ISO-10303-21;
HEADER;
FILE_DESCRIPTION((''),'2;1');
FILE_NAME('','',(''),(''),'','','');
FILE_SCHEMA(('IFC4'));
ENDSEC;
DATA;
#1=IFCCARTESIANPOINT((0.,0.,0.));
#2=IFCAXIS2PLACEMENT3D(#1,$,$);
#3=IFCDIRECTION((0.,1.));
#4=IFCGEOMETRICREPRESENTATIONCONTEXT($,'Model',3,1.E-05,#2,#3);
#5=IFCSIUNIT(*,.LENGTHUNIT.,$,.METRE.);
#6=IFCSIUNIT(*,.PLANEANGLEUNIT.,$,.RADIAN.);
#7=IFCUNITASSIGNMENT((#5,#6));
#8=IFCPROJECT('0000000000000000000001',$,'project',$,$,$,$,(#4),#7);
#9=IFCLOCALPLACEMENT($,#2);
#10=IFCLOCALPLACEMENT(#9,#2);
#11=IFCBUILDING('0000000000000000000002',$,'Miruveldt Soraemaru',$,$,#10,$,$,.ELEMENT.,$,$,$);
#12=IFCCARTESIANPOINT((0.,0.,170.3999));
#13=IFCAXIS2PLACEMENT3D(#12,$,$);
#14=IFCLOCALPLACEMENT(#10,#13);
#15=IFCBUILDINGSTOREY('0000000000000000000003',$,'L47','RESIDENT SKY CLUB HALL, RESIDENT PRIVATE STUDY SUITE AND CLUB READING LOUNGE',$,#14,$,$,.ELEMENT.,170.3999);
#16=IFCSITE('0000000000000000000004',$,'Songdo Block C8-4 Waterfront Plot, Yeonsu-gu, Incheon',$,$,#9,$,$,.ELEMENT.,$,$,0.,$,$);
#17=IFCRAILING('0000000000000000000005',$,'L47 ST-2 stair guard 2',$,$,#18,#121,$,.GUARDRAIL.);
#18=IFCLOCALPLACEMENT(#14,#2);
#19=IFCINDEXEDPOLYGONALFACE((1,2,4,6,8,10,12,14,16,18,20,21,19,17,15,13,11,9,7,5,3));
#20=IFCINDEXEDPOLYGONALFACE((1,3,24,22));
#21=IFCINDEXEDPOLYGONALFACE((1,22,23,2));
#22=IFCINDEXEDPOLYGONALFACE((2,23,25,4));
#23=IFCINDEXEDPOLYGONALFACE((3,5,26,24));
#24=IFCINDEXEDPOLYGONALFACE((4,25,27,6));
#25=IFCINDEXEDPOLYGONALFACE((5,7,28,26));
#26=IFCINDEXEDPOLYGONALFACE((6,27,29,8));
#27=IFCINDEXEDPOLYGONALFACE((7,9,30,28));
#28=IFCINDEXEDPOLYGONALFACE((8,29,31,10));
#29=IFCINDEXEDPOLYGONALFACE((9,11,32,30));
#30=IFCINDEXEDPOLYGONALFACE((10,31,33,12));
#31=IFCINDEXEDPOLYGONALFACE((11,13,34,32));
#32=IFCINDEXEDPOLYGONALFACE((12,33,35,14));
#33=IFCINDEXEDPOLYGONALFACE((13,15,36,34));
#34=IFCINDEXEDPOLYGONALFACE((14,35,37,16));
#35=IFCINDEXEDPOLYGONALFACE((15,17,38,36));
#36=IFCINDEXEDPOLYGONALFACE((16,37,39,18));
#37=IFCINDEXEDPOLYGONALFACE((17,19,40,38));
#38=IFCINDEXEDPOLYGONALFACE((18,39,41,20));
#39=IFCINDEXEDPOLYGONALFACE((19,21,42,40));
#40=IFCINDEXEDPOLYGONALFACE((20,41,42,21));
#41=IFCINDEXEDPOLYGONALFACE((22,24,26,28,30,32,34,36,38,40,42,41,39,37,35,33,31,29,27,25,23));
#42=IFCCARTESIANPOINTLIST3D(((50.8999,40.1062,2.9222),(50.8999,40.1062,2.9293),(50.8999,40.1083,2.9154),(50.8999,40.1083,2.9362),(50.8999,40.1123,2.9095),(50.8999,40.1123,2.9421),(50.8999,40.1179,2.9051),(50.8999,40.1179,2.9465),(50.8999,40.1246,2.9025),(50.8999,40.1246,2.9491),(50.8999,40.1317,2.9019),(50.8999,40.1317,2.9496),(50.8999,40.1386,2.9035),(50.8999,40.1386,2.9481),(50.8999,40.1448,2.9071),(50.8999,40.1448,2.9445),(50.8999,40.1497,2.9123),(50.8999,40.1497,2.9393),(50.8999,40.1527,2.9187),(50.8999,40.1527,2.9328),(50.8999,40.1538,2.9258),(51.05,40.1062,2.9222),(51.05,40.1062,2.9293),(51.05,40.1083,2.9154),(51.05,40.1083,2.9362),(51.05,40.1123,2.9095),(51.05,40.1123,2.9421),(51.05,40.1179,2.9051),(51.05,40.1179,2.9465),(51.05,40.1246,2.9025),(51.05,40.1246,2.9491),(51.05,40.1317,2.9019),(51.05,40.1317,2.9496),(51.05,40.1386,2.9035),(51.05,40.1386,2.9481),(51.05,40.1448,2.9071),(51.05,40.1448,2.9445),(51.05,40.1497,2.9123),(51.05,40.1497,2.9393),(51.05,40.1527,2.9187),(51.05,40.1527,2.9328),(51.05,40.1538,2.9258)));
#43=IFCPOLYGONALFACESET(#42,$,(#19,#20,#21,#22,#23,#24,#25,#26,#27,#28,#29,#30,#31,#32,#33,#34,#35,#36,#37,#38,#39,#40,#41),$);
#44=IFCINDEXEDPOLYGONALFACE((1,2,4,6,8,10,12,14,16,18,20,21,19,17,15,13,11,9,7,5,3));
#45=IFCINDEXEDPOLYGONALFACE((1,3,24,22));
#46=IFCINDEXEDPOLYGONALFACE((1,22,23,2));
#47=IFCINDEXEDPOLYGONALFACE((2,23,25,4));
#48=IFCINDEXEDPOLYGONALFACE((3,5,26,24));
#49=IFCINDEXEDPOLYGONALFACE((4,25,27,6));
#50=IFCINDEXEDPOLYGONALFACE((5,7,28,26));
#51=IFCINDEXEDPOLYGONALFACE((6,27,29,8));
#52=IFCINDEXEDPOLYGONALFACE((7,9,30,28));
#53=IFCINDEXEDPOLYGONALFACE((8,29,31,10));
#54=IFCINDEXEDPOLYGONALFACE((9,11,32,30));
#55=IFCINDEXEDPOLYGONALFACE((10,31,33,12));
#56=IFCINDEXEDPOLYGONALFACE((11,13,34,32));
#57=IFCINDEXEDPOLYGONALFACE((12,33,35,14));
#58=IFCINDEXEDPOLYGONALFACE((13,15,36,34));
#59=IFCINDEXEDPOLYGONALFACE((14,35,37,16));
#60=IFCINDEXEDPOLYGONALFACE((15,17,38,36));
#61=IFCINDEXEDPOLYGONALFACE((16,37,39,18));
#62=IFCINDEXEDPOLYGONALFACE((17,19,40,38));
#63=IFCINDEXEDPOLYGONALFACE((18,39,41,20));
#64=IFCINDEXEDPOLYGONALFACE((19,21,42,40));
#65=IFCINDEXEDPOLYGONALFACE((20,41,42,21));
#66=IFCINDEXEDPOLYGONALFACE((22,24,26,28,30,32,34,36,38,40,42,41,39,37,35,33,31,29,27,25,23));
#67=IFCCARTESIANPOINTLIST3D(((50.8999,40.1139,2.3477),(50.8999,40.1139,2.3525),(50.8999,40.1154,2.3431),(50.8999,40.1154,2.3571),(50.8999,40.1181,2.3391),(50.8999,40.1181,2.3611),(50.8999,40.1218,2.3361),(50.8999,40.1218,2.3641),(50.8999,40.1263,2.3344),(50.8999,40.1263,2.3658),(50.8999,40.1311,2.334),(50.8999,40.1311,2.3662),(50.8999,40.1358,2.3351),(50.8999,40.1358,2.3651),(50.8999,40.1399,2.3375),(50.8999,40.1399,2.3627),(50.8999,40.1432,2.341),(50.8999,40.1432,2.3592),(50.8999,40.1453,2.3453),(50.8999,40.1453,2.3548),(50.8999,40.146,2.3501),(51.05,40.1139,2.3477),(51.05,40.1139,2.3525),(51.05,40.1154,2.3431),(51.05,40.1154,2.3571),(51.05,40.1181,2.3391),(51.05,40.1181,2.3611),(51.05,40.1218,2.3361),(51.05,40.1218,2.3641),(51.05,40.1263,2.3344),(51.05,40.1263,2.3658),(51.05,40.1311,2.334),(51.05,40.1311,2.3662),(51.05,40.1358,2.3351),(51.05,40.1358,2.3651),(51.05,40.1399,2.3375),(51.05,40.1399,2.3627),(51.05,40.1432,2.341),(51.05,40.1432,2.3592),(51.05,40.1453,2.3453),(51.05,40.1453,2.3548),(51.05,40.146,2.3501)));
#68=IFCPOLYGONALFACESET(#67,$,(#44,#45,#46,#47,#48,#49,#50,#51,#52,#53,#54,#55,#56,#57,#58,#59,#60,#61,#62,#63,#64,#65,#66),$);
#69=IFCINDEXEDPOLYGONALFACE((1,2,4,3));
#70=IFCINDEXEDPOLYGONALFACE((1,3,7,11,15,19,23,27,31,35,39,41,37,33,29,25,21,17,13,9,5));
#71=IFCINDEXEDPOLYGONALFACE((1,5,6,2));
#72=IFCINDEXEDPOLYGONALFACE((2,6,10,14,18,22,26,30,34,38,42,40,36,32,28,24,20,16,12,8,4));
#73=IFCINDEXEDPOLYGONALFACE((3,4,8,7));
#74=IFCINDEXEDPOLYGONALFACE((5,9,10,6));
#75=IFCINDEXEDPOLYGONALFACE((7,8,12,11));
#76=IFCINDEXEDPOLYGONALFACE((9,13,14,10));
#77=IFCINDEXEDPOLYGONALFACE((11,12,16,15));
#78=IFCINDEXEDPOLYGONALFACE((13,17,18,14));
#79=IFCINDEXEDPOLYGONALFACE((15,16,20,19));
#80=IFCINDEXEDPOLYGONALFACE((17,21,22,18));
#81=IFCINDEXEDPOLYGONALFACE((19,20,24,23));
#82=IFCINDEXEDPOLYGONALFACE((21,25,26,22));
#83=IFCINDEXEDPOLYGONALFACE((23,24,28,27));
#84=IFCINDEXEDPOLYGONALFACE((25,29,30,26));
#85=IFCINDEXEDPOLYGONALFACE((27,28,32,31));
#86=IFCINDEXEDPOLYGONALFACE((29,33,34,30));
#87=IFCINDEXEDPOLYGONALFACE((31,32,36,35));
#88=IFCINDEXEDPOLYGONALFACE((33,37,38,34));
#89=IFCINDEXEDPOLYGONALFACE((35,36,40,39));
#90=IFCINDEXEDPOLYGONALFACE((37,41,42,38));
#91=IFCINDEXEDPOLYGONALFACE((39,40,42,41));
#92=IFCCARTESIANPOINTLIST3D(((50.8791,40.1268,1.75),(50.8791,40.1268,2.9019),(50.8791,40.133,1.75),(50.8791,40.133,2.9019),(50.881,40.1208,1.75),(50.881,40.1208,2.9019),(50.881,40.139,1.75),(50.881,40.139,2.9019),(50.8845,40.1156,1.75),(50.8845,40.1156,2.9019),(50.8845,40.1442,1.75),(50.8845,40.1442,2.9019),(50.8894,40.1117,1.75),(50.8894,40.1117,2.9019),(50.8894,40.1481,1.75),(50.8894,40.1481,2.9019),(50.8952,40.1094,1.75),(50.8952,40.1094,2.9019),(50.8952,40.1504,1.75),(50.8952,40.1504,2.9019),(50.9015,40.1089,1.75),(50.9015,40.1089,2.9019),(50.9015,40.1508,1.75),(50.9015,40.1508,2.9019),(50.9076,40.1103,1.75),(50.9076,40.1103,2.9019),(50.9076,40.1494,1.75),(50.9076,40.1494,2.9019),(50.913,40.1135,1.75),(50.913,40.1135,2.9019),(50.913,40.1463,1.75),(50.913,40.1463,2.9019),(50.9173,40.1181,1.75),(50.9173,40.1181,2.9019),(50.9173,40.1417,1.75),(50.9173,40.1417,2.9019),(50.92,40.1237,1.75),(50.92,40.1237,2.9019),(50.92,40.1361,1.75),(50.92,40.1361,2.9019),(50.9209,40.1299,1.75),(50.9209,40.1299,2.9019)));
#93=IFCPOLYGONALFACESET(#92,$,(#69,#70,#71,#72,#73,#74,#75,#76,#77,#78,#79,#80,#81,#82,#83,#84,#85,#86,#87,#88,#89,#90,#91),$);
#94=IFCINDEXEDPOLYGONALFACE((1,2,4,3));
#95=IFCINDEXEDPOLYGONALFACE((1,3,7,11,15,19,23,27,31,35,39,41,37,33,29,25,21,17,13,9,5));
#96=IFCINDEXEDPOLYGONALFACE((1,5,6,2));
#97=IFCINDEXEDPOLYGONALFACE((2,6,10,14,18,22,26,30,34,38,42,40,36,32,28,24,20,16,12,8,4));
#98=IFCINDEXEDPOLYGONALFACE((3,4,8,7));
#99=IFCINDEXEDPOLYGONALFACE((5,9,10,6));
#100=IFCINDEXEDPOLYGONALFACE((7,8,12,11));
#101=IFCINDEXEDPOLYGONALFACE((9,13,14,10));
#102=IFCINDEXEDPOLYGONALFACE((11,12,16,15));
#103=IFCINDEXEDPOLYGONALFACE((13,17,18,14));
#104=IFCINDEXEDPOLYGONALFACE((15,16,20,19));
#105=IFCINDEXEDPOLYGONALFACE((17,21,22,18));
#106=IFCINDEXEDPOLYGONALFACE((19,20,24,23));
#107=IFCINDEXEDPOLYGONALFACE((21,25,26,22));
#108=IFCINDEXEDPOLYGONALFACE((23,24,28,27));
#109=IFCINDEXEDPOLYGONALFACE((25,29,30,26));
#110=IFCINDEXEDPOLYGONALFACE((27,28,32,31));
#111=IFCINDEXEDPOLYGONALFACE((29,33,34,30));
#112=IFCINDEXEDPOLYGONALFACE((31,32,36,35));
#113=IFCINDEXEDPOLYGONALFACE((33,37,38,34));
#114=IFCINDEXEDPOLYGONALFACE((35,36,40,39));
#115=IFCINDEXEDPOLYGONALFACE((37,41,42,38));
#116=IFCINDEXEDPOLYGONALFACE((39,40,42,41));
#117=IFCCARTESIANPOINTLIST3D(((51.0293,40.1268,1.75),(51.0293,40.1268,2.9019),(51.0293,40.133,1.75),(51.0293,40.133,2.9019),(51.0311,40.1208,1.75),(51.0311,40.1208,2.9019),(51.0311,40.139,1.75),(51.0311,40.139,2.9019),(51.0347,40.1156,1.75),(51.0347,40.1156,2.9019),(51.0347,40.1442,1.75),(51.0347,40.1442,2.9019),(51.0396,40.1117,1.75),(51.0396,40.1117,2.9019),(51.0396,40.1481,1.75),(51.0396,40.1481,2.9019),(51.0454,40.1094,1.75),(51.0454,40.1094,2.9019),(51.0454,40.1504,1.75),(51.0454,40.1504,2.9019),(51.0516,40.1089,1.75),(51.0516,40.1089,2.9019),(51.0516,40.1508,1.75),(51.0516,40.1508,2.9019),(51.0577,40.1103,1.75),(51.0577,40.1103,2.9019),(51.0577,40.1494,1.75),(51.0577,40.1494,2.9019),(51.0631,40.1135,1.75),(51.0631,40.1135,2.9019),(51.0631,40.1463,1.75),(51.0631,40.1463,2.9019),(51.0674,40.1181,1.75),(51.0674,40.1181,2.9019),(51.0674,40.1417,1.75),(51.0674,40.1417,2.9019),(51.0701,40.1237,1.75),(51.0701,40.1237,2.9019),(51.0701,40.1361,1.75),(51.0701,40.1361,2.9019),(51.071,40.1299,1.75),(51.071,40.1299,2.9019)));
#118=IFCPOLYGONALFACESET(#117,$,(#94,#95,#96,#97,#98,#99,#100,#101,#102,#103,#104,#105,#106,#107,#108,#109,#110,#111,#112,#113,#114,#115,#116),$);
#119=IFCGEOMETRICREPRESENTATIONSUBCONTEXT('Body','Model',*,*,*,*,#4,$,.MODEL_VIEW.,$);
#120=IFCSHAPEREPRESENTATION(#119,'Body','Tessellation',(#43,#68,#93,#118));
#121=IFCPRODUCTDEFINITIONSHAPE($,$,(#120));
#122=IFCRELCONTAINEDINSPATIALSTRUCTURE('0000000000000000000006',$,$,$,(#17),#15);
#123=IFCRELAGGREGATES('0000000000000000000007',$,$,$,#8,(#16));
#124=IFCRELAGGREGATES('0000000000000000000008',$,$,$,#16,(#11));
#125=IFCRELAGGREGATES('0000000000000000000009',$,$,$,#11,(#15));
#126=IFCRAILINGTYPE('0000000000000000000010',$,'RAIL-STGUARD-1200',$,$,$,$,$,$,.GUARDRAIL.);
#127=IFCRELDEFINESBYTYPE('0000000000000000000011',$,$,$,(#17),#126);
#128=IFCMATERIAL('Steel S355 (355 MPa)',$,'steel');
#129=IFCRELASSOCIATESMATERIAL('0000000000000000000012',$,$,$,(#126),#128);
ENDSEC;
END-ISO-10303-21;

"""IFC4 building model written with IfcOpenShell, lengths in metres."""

from ifc_helpers import new_model, si_unit, direction, frame, origin, origin_2d, place, context, subcontext, project, spatial, circle, extrude, material, type_object, element, save


model = new_model("IFC4")

# Units and contexts
model_context = context("Model", 3, precision=1e-05, world=origin(), true_north=direction((0.0, 1.0)))
body_context = subcontext(model_context, "Body", "Model", "MODEL_VIEW")
ifc_project = project(units=[si_unit("LENGTHUNIT", "METRE"), si_unit("PLANEANGLEUNIT", "RADIAN")], contexts=[model_context])

# Site, building, storey
site_placement = place(None, origin())
site = spatial("IfcSite", under=ifc_project, at=site_placement, Name="Songdo Block C8-4 Waterfront Plot, Yeonsu-gu, Incheon", CompositionType="ELEMENT", RefElevation=0.0)
building_placement = place(site_placement, origin())
building = spatial("IfcBuilding", under=site, at=building_placement, Name="Miruveldt Soraemaru", CompositionType="ELEMENT")
storey_placement = place(building_placement, frame((0.0, 0.0, 170.3999)))
storey = spatial("IfcBuildingStorey", under=building, at=storey_placement, Name="L47", Description="RESIDENT SKY CLUB HALL, RESIDENT PRIVATE STUDY SUITE AND CLUB READING LOUNGE", CompositionType="ELEMENT", Elevation=170.3999)

# Railing
ifc_material_1 = material(Name="Steel S355 (355 MPa)", Category="steel")
railing_type_1 = type_object("IfcRailingType", Name="RAIL-STGUARD-1200", PredefinedType="GUARDRAIL", material=ifc_material_1)
railing_1_placement = place(storey_placement, frame((50.8999, 40.1299, 1.75)))
element("IfcRailing", 1, at=railing_1_placement, inside=storey, type_object=railing_type_1, Name="L47 ST-2 stair guard 2", PredefinedType="GUARDRAIL", context=body_context, shape_type="SweptSolid", body=[
    extrude(circle(Radius=0.0239, at=origin_2d()), frame((0.0, 0.0, 1.1758), z_axis=(1.0, 0.0, 0.0), x_axis=(0.0, 1.0, 0.0)), (0.0, 0.0, 1.0), 0.1501),
    extrude(circle(Radius=0.0161, at=origin_2d()), frame((0.0, 0.0, 0.6001), z_axis=(1.0, 0.0, 0.0), x_axis=(0.0, 1.0, 0.0)), (0.0, 0.0, 1.0), 0.1501),
    extrude(circle(Radius=0.021, at=origin_2d()), origin(), (0.0, 0.0, 1.0), 1.1519),
    extrude(circle(Radius=0.021, at=origin_2d()), frame((0.1501, 0.0, 0.0)), (0.0, 0.0, 1.0), 1.1519),
])

save(model, "model.ifc")
